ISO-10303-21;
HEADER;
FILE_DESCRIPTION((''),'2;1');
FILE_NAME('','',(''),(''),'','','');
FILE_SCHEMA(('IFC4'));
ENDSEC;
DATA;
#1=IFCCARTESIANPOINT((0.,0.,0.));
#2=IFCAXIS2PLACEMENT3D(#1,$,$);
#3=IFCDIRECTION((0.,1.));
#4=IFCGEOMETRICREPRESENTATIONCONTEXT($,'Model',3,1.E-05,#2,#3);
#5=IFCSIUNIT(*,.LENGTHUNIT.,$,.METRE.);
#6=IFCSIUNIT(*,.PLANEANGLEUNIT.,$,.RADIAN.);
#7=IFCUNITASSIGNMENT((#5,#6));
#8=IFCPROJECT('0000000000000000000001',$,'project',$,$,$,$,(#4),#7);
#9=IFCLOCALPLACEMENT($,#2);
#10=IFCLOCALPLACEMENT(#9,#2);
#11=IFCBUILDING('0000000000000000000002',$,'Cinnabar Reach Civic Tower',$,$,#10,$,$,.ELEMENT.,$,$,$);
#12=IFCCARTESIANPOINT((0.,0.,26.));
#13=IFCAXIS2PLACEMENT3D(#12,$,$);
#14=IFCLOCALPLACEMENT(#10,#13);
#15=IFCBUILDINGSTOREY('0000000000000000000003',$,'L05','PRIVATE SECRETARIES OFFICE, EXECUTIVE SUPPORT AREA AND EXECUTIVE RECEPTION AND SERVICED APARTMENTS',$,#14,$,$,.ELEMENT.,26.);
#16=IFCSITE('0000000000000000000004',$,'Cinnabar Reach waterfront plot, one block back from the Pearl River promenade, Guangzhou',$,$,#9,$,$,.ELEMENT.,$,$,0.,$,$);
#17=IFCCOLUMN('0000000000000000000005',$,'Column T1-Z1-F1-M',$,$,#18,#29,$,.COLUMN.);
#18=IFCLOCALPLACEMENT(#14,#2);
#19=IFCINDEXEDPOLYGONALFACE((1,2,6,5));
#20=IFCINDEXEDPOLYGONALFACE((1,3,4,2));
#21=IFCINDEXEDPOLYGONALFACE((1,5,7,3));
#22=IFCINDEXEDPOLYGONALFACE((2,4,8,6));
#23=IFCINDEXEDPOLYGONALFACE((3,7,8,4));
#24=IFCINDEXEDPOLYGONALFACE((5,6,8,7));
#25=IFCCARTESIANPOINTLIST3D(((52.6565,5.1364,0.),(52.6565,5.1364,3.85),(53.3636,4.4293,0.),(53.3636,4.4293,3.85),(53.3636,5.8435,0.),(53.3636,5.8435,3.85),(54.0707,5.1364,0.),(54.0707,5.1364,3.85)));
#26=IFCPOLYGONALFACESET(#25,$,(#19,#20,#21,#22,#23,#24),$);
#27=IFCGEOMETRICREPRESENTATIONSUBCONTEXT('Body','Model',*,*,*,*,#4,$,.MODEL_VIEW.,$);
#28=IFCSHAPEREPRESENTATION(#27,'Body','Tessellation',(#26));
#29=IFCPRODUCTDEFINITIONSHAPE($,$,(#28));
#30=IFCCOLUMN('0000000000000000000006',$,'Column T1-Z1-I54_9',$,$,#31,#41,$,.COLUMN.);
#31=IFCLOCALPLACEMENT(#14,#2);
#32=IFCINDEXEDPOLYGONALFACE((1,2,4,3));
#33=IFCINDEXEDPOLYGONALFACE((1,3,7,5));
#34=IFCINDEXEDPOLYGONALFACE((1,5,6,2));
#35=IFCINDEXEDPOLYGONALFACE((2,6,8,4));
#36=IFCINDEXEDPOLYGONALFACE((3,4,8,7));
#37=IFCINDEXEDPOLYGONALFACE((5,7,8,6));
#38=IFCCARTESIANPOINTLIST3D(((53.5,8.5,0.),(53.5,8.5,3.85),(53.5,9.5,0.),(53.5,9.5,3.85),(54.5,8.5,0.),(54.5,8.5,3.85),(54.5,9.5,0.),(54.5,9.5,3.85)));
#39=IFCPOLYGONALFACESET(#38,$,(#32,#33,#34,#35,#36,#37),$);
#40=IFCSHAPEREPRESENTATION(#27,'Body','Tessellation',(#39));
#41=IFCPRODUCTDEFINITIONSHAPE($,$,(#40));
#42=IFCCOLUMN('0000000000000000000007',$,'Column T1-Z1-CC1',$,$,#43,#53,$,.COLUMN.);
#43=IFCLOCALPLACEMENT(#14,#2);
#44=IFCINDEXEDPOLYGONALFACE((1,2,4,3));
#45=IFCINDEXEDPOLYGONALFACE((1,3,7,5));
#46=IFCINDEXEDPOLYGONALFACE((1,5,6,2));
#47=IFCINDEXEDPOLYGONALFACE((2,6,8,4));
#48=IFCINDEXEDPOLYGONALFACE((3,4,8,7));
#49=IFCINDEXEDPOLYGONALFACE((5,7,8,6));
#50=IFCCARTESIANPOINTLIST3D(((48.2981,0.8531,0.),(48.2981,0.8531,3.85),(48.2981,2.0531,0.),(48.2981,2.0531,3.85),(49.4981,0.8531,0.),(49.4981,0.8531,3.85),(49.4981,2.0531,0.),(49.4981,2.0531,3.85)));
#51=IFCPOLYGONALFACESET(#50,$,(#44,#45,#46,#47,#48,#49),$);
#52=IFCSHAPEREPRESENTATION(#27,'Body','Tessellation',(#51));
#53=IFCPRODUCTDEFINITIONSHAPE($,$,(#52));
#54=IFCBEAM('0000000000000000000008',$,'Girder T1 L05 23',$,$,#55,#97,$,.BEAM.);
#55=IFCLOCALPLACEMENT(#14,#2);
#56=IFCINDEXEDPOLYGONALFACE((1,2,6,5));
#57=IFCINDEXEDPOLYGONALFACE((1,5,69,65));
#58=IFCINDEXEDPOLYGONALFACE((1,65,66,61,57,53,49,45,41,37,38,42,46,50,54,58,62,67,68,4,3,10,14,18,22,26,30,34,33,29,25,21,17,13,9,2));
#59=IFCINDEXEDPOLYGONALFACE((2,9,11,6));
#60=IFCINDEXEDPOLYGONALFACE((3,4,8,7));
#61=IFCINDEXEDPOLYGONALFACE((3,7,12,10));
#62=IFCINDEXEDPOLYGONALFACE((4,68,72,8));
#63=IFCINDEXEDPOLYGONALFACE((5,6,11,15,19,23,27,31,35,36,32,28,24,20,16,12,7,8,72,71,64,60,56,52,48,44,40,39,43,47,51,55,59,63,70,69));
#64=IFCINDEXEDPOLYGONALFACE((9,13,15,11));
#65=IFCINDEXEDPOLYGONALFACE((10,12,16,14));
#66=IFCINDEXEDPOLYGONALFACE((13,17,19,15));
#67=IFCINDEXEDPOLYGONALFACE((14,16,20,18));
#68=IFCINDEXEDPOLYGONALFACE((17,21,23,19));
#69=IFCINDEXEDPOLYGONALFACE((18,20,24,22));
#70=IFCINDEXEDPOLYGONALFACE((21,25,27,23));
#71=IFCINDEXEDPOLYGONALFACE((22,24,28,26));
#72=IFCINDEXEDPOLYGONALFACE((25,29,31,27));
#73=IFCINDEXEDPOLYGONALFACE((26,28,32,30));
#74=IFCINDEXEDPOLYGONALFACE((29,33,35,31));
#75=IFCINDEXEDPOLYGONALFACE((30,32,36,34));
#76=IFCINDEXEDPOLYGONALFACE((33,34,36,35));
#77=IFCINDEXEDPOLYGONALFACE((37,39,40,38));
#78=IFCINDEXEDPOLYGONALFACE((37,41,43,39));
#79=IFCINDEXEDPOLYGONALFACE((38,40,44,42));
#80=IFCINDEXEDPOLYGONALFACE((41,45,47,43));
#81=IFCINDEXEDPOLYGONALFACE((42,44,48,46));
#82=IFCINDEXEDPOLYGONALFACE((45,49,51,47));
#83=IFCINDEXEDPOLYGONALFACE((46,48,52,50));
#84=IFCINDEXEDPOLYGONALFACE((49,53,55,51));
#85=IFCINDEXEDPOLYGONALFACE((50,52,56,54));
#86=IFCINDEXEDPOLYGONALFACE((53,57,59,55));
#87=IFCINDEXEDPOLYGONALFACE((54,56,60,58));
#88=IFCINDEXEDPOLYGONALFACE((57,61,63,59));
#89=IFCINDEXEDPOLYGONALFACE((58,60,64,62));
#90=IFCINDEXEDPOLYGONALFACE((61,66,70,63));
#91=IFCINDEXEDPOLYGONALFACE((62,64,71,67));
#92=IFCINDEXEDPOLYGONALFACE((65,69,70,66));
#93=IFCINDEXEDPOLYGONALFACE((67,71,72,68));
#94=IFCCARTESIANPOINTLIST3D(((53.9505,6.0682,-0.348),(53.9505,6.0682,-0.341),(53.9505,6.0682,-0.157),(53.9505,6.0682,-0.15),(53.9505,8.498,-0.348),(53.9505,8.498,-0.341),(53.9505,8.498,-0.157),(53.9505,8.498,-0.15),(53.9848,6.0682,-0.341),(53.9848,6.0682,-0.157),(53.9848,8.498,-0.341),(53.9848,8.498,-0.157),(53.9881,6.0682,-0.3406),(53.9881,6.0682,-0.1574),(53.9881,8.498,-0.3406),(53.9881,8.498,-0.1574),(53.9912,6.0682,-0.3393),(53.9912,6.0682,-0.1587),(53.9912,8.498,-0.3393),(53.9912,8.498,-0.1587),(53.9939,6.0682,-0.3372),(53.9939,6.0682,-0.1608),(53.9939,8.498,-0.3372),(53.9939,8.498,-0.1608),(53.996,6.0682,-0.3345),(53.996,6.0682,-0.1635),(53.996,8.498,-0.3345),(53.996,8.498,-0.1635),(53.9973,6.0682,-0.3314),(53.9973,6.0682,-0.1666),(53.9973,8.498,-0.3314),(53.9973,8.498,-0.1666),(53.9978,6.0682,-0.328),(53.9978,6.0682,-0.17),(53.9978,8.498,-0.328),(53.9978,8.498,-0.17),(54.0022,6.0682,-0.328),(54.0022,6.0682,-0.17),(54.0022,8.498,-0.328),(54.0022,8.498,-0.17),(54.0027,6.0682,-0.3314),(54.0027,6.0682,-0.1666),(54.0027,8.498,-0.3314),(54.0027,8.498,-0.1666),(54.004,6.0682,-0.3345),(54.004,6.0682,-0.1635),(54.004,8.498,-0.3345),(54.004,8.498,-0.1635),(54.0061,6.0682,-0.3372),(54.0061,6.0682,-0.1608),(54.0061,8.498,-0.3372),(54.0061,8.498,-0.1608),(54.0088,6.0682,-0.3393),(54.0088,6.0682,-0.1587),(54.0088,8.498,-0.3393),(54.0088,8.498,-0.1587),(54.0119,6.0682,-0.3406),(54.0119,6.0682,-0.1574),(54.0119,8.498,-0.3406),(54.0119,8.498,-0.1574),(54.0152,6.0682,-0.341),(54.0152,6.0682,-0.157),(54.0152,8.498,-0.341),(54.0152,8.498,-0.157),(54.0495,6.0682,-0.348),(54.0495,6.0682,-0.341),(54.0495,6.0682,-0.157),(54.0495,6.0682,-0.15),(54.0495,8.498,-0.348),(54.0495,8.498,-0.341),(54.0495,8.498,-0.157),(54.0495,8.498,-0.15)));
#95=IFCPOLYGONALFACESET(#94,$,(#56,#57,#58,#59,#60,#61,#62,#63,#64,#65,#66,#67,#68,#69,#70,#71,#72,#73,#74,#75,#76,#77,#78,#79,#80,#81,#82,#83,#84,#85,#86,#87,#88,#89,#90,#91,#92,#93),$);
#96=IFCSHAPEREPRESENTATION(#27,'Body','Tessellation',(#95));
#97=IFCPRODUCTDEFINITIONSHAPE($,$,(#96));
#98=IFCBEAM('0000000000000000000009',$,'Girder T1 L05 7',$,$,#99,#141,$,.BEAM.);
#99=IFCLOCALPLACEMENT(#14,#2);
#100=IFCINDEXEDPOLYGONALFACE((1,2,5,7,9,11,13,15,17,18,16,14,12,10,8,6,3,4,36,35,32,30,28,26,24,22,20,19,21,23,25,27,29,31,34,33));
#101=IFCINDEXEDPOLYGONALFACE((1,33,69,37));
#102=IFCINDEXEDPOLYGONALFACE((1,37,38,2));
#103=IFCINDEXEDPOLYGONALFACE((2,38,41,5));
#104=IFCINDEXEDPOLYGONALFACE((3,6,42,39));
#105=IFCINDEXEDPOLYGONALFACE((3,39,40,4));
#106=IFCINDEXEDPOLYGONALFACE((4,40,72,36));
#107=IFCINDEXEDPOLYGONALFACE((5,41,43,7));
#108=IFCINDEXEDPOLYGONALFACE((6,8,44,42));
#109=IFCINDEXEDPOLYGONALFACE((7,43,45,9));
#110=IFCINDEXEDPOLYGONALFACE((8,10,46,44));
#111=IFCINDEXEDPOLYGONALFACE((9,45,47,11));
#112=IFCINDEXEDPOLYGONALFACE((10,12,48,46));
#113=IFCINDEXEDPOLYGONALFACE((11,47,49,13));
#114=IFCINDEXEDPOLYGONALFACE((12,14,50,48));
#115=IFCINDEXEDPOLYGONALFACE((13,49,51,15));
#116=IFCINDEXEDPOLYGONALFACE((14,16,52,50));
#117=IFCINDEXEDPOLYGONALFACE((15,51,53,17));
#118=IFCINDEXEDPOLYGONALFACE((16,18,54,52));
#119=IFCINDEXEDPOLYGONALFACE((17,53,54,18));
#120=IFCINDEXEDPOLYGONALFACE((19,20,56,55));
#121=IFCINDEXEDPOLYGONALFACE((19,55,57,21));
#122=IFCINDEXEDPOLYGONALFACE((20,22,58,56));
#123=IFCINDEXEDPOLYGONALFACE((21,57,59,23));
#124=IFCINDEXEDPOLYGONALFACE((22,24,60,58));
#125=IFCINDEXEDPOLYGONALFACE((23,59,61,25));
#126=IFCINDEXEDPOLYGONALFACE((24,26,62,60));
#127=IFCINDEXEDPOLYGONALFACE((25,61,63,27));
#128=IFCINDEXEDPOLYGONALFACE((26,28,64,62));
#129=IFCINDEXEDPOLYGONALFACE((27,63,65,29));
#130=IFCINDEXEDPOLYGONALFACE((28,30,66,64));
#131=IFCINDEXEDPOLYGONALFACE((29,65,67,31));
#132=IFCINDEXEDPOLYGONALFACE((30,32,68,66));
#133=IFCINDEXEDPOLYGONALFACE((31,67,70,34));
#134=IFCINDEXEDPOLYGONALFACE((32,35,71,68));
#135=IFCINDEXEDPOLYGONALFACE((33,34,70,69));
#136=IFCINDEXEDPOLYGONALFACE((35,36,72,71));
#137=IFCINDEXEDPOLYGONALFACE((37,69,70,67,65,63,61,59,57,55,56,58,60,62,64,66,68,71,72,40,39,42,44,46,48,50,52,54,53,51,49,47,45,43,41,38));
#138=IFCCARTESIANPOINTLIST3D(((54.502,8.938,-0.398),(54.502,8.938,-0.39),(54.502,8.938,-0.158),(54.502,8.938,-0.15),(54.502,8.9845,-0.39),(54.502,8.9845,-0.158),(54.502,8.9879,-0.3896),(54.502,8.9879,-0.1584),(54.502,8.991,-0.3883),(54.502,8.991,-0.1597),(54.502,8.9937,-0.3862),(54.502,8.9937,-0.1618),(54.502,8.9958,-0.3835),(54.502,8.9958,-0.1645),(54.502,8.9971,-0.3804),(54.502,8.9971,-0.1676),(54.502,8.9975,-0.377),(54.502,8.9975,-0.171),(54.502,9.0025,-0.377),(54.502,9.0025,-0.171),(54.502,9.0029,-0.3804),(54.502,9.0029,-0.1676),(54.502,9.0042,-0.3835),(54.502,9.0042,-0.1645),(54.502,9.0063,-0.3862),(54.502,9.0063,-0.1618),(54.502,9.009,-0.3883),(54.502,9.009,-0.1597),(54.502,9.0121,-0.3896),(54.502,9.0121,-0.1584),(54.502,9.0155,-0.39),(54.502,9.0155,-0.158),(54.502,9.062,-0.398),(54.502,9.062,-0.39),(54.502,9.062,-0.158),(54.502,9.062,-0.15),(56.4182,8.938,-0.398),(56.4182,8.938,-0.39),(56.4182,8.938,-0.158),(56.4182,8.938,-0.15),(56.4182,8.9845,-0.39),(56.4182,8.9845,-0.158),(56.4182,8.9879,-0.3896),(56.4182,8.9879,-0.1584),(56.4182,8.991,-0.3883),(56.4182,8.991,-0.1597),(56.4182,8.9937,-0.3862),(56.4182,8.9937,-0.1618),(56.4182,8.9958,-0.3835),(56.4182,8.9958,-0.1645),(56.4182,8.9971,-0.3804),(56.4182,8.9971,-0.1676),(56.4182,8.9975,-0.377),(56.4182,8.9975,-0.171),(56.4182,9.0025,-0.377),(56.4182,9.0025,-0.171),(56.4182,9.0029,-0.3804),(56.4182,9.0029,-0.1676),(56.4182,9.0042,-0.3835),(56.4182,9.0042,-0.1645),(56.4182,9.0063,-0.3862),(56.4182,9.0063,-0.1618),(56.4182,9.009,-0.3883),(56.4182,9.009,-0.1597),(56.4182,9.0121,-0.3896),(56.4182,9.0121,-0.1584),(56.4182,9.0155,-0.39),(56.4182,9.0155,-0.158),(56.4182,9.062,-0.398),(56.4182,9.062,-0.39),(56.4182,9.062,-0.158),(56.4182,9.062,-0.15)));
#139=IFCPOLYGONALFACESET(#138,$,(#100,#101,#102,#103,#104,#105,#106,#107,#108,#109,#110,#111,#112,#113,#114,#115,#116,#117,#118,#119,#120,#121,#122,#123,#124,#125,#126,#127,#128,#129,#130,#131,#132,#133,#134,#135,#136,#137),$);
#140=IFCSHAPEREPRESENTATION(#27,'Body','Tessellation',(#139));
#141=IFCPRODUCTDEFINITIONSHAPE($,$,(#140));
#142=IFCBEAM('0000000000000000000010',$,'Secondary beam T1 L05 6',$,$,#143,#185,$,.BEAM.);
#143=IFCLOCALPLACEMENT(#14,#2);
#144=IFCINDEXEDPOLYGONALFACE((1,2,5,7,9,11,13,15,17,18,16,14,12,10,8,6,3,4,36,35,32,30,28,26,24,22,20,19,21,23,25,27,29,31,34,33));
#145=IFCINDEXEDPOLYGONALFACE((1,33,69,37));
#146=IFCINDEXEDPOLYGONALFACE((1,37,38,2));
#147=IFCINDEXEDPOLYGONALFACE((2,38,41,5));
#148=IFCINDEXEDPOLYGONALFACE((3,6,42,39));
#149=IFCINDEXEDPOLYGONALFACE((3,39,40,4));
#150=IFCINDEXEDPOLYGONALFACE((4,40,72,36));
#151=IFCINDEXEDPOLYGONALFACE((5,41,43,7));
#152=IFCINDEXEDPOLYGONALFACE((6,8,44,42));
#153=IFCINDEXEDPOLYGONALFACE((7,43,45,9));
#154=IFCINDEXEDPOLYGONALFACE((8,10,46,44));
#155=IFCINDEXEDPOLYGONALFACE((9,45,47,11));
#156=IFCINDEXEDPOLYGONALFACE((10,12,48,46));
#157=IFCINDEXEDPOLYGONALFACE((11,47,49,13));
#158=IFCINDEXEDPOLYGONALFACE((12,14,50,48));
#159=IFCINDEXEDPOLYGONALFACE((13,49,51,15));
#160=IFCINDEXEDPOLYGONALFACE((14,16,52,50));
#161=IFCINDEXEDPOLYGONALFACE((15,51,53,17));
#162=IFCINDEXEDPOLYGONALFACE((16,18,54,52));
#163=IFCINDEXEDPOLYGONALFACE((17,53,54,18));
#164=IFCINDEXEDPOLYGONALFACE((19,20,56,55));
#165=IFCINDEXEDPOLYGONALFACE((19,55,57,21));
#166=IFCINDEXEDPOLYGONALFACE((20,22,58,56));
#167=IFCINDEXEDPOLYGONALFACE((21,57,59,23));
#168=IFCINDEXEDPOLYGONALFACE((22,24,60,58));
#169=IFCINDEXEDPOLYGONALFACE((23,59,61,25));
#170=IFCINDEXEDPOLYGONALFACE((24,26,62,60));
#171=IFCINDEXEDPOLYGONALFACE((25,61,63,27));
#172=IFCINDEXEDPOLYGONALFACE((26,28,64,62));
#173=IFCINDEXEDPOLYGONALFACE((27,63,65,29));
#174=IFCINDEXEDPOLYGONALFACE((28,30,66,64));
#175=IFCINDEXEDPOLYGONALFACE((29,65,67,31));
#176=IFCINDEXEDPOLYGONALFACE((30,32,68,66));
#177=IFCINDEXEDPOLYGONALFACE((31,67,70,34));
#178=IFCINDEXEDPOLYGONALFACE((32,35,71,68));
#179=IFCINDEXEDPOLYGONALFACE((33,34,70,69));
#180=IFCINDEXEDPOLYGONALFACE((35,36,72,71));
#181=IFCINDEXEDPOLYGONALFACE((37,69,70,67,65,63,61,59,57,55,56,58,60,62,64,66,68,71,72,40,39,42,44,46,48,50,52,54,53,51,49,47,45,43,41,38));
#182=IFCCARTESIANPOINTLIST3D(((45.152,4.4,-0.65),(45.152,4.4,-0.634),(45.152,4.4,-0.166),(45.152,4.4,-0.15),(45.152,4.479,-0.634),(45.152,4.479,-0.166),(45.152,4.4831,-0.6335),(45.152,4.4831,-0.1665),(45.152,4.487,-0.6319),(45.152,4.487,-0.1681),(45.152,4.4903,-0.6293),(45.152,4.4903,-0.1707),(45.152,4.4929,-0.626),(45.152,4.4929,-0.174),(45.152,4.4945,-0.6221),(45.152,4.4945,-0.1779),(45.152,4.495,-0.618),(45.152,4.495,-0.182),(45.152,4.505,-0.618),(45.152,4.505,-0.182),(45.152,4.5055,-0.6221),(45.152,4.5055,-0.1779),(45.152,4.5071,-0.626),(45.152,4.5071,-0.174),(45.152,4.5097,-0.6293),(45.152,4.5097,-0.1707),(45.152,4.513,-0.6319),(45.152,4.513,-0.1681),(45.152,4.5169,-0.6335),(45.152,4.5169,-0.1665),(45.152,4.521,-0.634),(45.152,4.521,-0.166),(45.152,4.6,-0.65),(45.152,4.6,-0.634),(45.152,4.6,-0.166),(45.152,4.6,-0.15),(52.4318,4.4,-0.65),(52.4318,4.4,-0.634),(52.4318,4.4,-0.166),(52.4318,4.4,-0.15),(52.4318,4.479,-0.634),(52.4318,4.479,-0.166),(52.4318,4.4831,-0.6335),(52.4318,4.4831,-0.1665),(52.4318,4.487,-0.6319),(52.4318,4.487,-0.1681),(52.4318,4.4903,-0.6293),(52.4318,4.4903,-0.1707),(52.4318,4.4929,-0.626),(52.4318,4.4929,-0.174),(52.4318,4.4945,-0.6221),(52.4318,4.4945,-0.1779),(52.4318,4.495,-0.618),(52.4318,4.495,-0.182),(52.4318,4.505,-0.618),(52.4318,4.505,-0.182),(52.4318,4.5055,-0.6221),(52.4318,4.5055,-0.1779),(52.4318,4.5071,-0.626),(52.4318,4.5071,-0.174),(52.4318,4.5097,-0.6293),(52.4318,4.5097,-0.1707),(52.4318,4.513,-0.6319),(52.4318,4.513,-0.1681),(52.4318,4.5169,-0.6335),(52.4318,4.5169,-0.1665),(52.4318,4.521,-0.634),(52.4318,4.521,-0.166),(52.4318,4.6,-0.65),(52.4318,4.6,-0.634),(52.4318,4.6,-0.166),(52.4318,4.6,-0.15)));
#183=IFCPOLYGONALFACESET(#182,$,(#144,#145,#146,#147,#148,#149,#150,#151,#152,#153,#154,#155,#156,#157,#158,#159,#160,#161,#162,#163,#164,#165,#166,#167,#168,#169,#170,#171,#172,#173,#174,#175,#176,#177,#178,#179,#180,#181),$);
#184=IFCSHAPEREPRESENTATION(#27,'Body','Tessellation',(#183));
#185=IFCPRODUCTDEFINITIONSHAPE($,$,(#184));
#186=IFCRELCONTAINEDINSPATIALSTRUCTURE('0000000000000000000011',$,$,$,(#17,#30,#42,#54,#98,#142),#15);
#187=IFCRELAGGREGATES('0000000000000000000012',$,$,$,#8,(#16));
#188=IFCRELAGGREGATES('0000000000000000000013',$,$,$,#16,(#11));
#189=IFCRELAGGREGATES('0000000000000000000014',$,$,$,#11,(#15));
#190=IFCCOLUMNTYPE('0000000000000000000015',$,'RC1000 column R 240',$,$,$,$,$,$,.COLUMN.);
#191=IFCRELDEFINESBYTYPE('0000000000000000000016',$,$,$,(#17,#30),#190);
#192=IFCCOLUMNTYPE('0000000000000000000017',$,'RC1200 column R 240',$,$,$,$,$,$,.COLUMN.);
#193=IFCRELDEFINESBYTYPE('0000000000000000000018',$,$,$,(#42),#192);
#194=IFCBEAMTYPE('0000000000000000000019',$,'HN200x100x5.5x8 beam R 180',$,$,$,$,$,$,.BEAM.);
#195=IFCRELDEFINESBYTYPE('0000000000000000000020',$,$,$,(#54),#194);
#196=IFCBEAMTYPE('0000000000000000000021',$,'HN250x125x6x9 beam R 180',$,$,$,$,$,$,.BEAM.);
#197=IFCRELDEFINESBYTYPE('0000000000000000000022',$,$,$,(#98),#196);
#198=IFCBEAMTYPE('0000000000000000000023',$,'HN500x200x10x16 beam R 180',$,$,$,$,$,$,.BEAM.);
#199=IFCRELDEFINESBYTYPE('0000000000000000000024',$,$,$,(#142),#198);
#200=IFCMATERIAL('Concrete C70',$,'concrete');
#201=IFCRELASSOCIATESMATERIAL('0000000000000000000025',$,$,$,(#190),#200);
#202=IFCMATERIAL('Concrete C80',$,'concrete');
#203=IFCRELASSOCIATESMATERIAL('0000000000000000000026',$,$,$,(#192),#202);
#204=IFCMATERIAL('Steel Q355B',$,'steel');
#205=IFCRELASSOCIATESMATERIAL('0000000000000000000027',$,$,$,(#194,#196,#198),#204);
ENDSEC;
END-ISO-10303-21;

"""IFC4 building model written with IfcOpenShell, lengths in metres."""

from ifc_helpers import new_model, si_unit, direction, frame, origin, origin_2d, place, context, subcontext, project, spatial, rectangle, i_section, extrude, material, material_profile, profile_set, type_object, element, save


model = new_model("IFC4")

# Units and contexts
model_context = context("Model", 3, precision=1e-05, world=origin(), true_north=direction((0.0, 1.0)))
body_context = subcontext(model_context, "Body", "Model", "MODEL_VIEW")
ifc_project = project(units=[si_unit("LENGTHUNIT", "METRE"), si_unit("PLANEANGLEUNIT", "RADIAN")], contexts=[model_context])

# Site, building, storey
site_placement = place(None, origin())
site = spatial("IfcSite", under=ifc_project, at=site_placement, Name="Cinnabar Reach waterfront plot, one block back from the Pearl River promenade, Guangzhou", CompositionType="ELEMENT", RefElevation=0.0)
building_placement = place(site_placement, origin())
building = spatial("IfcBuilding", under=site, at=building_placement, Name="Cinnabar Reach Civic Tower", CompositionType="ELEMENT")
storey_placement = place(building_placement, frame((0.0, 0.0, 26.0)))
storey = spatial("IfcBuildingStorey", under=building, at=storey_placement, Name="L05", Description="PRIVATE SECRETARIES OFFICE, EXECUTIVE SUPPORT AREA AND EXECUTIVE RECEPTION AND SERVICED APARTMENTS", CompositionType="ELEMENT", Elevation=26.0)

# Columns
ifc_material_1 = material(Name="Concrete C70", Category="concrete")
ifc_material_profile_1 = material_profile(ifc_material_1, rectangle(XDim=1.0, YDim=1.0, at=origin_2d()), Name="RC1000")
ifc_profile_set_1 = profile_set([ifc_material_profile_1], Name="Concrete C70")
column_type_1 = type_object("IfcColumnType", Name="RC1000 column R 240", PredefinedType="COLUMN", material=ifc_profile_set_1)
for number, where, z_axis, x_axis, name in (
    (1, (53.3636, 5.1364, 0.0), (0.0, 0.0, 1.0), (0.707107, 0.707107, 0.0), "Column T1-Z1-F1-M"),
    (2, (54.0, 9.0, 0.0), (0.0, 0.0, 1.0), (1.0, 0.0, 0.0), "Column T1-Z1-I54_9"),
):
    element("IfcColumn", number, at=place(storey_placement, frame(where, z_axis=z_axis, x_axis=x_axis)), inside=storey, type_object=column_type_1, Name=name, PredefinedType="COLUMN", context=body_context, shape_type="SweptSolid", body=[
        extrude(rectangle(XDim=1.0, YDim=1.0, at=origin_2d()), origin(), (0.0, 0.0, 1.0), 3.85),
    ])
ifc_material_2 = material(Name="Concrete C80", Category="concrete")
ifc_material_profile_2 = material_profile(ifc_material_2, rectangle(XDim=1.2, YDim=1.2, at=origin_2d()), Name="RC1200")
ifc_profile_set_2 = profile_set([ifc_material_profile_2], Name="Concrete C80")
column_type_2 = type_object("IfcColumnType", Name="RC1200 column R 240", PredefinedType="COLUMN", material=ifc_profile_set_2)
column_placement = place(storey_placement, frame((48.8981, 1.4531, 0.0), z_axis=(0.0, 0.0, 1.0), x_axis=(1.0, 0.0, 0.0)))
element("IfcColumn", 3, at=column_placement, inside=storey, type_object=column_type_2, Name="Column T1-Z1-CC1", PredefinedType="COLUMN", context=body_context, shape_type="SweptSolid", body=[
    extrude(rectangle(XDim=1.2, YDim=1.2, at=origin_2d()), origin(), (0.0, 0.0, 1.0), 3.85),
])

# Beams
ifc_material_3 = material(Name="Steel Q355B", Category="steel")
ifc_material_profile_3 = material_profile(ifc_material_3, i_section(OverallWidth=0.099, OverallDepth=0.198, WebThickness=0.0045, FlangeThickness=0.007, FilletRadius=0.013, at=origin_2d()), Name="HN200x100x5.5x8")
ifc_profile_set_3 = profile_set([ifc_material_profile_3], Name="Steel Q355B")
beam_type_1 = type_object("IfcBeamType", Name="HN200x100x5.5x8 beam R 180", PredefinedType="BEAM", material=ifc_profile_set_3)
beam_1_placement = place(storey_placement, frame((54.0, 6.0682, -0.249), z_axis=(0.0, 1.0, 0.0), x_axis=(-1.0, 0.0, 0.0)))
element("IfcBeam", 4, at=beam_1_placement, inside=storey, type_object=beam_type_1, Name="Girder T1 L05 23", PredefinedType="BEAM", context=body_context, shape_type="SweptSolid", body=[
    extrude(i_section(OverallWidth=0.099, OverallDepth=0.198, WebThickness=0.0045, FlangeThickness=0.007, FilletRadius=0.013, at=origin_2d()), origin(), (0.0, 0.0, 1.0), 2.4298),
])
ifc_material_profile_4 = material_profile(ifc_material_3, i_section(OverallWidth=0.124, OverallDepth=0.248, WebThickness=0.005, FlangeThickness=0.008, FilletRadius=0.013, at=origin_2d()), Name="HN250x125x6x9")
ifc_profile_set_4 = profile_set([ifc_material_profile_4], Name="Steel Q355B")
beam_type_2 = type_object("IfcBeamType", Name="HN250x125x6x9 beam R 180", PredefinedType="BEAM", material=ifc_profile_set_4)
beam_2_placement = place(storey_placement, frame((54.502, 9.0, -0.274), z_axis=(1.0, 0.0, 0.0), x_axis=(0.0, 1.0, 0.0)))
element("IfcBeam", 5, at=beam_2_placement, inside=storey, type_object=beam_type_2, Name="Girder T1 L05 7", PredefinedType="BEAM", context=body_context, shape_type="SweptSolid", body=[
    extrude(i_section(OverallWidth=0.124, OverallDepth=0.248, WebThickness=0.005, FlangeThickness=0.008, FilletRadius=0.013, at=origin_2d()), origin(), (0.0, 0.0, 1.0), 1.9162),
])
ifc_material_profile_5 = material_profile(ifc_material_3, i_section(OverallWidth=0.2, OverallDepth=0.5, WebThickness=0.01, FlangeThickness=0.016, FilletRadius=0.016, at=origin_2d()), Name="HN500x200x10x16")
ifc_profile_set_5 = profile_set([ifc_material_profile_5], Name="Steel Q355B")
beam_type_3 = type_object("IfcBeamType", Name="HN500x200x10x16 beam R 180", PredefinedType="BEAM", material=ifc_profile_set_5)
beam_3_placement = place(storey_placement, frame((45.152, 4.5, -0.4), z_axis=(1.0, 0.0, 0.0), x_axis=(0.0, 1.0, 0.0)))
element("IfcBeam", 6, at=beam_3_placement, inside=storey, type_object=beam_type_3, Name="Secondary beam T1 L05 6", PredefinedType="BEAM", context=body_context, shape_type="SweptSolid", body=[
    extrude(i_section(OverallWidth=0.2, OverallDepth=0.5, WebThickness=0.01, FlangeThickness=0.016, FilletRadius=0.016, at=origin_2d()), origin(), (0.0, 0.0, 1.0), 7.2798),
])

save(model, "model.ifc")
